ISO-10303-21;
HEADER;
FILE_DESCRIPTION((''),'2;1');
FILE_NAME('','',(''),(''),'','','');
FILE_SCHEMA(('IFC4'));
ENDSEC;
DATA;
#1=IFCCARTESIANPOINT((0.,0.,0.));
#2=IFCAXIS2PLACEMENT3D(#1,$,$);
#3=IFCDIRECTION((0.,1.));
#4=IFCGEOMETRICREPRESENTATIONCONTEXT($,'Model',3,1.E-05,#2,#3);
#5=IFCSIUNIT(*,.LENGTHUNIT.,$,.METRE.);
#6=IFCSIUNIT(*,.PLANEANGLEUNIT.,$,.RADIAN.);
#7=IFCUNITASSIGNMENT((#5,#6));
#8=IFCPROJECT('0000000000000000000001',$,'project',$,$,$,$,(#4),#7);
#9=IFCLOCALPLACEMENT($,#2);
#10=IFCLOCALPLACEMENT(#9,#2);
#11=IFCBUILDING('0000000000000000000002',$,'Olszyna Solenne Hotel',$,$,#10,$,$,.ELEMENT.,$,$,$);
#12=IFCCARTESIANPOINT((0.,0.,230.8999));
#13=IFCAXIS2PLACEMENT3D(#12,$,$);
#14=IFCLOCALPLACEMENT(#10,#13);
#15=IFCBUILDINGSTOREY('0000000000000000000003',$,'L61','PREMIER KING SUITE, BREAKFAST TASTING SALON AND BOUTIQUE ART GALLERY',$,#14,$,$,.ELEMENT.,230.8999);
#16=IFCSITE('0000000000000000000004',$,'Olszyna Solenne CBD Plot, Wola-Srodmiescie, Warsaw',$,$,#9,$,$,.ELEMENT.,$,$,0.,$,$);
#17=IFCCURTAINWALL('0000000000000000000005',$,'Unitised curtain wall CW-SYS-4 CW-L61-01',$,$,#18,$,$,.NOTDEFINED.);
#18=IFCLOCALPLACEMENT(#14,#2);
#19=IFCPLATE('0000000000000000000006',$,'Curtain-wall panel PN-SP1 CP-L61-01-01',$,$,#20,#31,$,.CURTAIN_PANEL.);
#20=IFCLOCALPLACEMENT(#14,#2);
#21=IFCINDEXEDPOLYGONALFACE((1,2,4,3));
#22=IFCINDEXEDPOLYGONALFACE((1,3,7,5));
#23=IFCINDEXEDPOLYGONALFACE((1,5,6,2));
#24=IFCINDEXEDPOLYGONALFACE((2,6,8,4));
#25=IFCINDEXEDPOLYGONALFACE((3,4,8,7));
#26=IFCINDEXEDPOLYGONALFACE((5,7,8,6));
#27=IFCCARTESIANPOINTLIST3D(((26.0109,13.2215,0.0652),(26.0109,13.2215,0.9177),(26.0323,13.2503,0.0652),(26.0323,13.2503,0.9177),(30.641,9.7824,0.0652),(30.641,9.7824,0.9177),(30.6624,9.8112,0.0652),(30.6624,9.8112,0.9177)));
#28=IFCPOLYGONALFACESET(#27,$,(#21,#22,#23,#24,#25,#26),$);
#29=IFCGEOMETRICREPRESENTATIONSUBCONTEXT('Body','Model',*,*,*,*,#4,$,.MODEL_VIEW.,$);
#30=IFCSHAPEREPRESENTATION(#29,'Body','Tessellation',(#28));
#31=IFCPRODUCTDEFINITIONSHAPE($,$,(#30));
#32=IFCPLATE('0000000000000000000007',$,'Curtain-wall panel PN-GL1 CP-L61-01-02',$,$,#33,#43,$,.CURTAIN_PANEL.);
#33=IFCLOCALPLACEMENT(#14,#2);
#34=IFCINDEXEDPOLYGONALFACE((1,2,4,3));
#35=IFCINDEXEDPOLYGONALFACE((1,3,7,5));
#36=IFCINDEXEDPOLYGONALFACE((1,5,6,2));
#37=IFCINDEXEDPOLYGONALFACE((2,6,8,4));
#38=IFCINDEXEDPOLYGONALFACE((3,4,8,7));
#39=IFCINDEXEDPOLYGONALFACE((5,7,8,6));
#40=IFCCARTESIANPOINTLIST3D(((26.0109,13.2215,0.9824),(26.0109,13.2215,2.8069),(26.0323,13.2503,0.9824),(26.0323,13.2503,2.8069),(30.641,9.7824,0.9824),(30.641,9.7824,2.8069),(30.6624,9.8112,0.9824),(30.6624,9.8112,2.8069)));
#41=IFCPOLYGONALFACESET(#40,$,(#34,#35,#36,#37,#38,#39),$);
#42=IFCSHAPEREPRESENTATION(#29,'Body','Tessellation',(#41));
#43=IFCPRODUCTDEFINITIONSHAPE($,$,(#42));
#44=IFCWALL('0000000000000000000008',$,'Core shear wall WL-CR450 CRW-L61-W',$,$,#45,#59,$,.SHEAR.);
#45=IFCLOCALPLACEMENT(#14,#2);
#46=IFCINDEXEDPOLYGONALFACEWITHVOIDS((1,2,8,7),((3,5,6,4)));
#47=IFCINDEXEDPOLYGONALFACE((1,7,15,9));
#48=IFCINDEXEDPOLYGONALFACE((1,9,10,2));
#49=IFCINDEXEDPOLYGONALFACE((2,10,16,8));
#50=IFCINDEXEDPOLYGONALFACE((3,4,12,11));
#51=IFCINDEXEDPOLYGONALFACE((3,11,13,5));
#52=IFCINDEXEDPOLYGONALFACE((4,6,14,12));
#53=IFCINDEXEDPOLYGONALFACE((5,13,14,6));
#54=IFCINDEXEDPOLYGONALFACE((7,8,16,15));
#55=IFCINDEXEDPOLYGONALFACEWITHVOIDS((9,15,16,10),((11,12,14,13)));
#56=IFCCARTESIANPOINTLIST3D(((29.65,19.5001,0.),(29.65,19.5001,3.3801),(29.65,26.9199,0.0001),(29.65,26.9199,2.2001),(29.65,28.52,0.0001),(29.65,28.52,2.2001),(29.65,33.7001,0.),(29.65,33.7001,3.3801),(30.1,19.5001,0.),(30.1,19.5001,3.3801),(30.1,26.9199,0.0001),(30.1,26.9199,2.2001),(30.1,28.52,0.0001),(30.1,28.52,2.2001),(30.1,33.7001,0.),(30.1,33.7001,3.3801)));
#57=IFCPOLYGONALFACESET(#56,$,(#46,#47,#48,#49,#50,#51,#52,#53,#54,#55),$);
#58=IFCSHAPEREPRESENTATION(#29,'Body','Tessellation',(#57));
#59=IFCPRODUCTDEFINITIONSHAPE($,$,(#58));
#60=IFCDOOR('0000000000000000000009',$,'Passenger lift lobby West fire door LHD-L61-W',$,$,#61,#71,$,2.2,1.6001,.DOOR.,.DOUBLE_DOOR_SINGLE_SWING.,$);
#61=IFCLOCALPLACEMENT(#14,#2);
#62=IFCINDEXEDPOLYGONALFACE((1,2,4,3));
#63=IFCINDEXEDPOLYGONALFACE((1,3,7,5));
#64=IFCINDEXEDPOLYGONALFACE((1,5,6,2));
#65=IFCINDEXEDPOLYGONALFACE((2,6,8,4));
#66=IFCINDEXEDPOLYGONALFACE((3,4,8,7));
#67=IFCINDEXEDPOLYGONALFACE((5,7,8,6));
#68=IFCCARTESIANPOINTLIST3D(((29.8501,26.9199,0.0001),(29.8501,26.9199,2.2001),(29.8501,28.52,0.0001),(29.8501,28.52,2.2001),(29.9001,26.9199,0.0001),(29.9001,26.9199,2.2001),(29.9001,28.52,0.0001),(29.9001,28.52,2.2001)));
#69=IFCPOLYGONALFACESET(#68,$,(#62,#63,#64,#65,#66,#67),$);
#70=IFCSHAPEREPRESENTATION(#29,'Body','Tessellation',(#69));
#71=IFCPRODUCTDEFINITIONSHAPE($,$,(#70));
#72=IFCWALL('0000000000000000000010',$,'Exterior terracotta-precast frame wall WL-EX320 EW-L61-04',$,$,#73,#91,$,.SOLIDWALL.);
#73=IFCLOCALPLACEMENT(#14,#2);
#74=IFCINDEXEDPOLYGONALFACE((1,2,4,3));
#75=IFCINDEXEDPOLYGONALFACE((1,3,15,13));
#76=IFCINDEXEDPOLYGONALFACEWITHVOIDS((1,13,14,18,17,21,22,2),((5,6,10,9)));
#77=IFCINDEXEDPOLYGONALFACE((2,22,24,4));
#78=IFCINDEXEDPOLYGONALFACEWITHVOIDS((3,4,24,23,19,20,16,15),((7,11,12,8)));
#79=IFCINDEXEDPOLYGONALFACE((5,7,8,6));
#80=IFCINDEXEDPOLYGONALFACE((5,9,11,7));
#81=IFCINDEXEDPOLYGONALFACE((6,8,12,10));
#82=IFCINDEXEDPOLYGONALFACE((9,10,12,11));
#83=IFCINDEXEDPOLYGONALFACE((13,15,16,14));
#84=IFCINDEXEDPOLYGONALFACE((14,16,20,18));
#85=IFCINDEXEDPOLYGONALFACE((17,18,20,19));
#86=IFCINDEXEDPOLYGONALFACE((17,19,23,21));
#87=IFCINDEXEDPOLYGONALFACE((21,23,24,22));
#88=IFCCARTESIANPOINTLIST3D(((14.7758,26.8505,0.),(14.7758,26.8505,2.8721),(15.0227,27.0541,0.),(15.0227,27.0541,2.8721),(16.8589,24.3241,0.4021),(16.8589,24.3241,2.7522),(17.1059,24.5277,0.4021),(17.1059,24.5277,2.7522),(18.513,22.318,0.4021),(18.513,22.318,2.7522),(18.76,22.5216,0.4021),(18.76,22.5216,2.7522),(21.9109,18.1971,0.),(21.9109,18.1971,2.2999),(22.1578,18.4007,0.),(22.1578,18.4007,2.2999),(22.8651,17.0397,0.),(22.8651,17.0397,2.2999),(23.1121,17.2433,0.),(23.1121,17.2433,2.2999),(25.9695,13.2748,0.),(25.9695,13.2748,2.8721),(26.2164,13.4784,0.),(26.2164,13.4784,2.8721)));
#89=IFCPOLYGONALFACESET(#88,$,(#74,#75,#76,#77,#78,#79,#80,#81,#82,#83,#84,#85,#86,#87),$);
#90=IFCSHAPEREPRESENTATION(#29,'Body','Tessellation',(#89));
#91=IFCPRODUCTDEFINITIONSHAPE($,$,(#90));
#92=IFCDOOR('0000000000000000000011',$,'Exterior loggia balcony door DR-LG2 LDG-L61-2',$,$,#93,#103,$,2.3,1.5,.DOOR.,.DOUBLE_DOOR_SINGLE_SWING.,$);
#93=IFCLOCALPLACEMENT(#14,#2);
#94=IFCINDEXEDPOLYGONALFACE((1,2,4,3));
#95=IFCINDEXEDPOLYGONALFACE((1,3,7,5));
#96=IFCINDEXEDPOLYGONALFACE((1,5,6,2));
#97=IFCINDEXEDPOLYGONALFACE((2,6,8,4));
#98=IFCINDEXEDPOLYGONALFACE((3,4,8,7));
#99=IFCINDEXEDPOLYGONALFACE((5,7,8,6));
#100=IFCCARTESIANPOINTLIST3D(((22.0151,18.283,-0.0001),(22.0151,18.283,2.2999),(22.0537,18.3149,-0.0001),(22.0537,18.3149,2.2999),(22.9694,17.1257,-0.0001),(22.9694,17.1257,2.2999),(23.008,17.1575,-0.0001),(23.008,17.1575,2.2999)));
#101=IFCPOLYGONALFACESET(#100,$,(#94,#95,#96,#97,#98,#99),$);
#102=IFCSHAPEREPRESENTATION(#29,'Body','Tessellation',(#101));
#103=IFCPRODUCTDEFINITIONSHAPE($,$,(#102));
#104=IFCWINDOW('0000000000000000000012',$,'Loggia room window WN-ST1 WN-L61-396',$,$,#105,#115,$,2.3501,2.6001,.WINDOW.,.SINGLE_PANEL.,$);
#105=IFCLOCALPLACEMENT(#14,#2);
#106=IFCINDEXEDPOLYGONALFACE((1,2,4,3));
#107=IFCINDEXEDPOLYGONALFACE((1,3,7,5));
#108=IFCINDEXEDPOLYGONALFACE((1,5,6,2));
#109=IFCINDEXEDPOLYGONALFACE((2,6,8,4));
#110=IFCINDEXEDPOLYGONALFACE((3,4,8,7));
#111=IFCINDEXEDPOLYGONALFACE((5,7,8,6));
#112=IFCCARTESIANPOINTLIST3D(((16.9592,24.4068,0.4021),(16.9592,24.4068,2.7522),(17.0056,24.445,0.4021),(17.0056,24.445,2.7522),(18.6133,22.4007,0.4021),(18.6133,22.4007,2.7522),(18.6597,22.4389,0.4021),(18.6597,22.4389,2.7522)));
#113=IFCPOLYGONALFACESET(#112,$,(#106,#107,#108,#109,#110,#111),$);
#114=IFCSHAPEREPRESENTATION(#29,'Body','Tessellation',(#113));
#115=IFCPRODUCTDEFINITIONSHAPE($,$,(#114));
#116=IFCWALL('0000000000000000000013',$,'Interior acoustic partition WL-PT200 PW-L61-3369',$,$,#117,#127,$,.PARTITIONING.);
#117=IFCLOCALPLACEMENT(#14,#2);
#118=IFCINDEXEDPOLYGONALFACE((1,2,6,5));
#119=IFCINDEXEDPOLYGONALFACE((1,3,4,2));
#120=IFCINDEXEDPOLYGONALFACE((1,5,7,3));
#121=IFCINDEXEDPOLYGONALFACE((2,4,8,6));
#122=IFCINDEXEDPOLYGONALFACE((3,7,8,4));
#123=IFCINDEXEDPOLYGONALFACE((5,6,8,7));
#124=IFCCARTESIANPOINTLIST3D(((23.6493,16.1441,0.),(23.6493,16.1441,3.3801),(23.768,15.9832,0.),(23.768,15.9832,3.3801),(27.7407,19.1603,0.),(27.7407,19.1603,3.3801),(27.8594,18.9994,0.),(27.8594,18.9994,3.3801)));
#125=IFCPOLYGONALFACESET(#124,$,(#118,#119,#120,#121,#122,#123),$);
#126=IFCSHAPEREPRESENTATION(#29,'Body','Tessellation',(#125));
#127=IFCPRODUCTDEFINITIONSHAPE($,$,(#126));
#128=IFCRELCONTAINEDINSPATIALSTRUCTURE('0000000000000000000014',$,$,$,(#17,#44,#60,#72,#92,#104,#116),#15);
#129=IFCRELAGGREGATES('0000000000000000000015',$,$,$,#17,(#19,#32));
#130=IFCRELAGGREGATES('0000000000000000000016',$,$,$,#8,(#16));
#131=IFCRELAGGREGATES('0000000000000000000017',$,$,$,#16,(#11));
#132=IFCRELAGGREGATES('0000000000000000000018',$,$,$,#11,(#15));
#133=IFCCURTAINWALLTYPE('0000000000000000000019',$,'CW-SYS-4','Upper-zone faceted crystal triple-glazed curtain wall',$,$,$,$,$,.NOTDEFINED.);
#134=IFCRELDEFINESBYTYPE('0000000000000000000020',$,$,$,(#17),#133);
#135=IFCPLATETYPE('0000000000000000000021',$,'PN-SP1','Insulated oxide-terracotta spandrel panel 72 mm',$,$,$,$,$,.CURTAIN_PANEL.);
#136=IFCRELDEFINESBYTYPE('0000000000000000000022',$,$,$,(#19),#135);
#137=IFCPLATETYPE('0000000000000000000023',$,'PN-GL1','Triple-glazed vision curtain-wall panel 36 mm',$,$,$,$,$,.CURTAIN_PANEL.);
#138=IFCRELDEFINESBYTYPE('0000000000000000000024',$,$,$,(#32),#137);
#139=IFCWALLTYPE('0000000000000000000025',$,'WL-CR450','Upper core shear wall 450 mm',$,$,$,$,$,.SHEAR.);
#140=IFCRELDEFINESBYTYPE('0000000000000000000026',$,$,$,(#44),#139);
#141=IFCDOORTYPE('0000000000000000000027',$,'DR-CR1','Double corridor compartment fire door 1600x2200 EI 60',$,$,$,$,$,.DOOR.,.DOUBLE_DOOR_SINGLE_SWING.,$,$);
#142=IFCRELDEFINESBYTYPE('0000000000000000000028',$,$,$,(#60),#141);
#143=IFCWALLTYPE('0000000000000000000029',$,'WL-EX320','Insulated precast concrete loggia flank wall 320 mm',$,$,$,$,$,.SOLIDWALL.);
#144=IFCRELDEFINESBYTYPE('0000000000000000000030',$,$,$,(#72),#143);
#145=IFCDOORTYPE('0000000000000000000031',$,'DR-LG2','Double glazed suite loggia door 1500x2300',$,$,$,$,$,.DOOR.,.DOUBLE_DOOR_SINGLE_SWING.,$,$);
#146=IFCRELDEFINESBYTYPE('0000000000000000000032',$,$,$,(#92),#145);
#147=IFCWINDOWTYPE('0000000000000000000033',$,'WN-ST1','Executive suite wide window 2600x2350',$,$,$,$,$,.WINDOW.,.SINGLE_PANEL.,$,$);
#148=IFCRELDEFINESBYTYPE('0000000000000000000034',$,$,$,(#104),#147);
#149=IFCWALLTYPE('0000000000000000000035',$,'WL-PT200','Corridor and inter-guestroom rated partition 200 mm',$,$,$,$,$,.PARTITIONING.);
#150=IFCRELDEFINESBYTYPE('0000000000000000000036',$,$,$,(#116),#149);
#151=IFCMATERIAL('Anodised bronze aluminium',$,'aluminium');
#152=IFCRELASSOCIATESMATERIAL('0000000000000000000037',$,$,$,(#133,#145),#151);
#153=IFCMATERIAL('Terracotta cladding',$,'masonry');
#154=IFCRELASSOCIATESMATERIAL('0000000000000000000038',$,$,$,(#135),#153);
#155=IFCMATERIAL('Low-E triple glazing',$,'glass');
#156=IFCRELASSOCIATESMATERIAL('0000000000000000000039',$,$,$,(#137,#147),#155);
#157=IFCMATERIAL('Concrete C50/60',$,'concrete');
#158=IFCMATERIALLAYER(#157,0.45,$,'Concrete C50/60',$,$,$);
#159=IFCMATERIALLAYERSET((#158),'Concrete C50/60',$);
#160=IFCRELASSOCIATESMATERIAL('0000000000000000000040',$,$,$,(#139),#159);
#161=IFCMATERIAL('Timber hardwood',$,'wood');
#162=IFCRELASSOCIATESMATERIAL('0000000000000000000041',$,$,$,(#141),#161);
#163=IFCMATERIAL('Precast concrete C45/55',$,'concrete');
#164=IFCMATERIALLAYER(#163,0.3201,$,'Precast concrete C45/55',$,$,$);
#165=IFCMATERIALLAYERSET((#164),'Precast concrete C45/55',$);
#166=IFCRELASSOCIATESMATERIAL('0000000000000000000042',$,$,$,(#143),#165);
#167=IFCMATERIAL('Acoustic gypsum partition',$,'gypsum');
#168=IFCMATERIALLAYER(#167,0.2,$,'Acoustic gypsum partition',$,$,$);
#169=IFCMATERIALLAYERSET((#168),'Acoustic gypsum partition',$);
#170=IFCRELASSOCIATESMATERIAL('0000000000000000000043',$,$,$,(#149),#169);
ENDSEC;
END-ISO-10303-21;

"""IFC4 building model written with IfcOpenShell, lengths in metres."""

from ifc_helpers import new_model, si_unit, direction, frame, frame_2d, origin, origin_2d, place, context, subcontext, project, spatial, rectangle, extrude, source, transform, mapped, material, layer, layer_set, type_object, type_shapes, element, fill, aggregate, save


model = new_model("IFC4")

# Units and contexts
model_context = context("Model", 3, precision=1e-05, world=origin(), true_north=direction((0.0, 1.0)))
body_context = subcontext(model_context, "Body", "Model", "MODEL_VIEW")
ifc_project = project(units=[si_unit("LENGTHUNIT", "METRE"), si_unit("PLANEANGLEUNIT", "RADIAN")], contexts=[model_context])

# Site, building, storey
site_placement = place(None, origin())
site = spatial("IfcSite", under=ifc_project, at=site_placement, Name="Olszyna Solenne CBD Plot, Wola-Srodmiescie, Warsaw", CompositionType="ELEMENT", RefElevation=0.0)
building_placement = place(site_placement, origin())
building = spatial("IfcBuilding", under=site, at=building_placement, Name="Olszyna Solenne Hotel", CompositionType="ELEMENT")
storey_placement = place(building_placement, frame((0.0, 0.0, 230.8999)))
storey = spatial("IfcBuildingStorey", under=building, at=storey_placement, Name="L61", Description="PREMIER KING SUITE, BREAKFAST TASTING SALON AND BOUTIQUE ART GALLERY", CompositionType="ELEMENT", Elevation=230.8999)

# Curtain wall
ifc_material_1 = material(Name="Anodised bronze aluminium", Category="aluminium")
curtain_wall_type = type_object("IfcCurtainWallType", Name="CW-SYS-4", Description="Upper-zone faceted crystal triple-glazed curtain wall", PredefinedType="NOTDEFINED", material=ifc_material_1)
curtain_wall_placement = place(storey_placement, origin())
curtain_wall = element("IfcCurtainWall", 1, at=curtain_wall_placement, inside=storey, type_object=curtain_wall_type, Name="Unitised curtain wall CW-SYS-4 CW-L61-01", PredefinedType="NOTDEFINED")

# Shared definitions
ifc_material_2 = material(Name="Precast concrete C45/55", Category="concrete")
ifc_material_3 = material(Name="Concrete C50/60", Category="concrete")

# Plates
ifc_material_4 = material(Name="Terracotta cladding", Category="masonry")
plate_type_1 = type_object("IfcPlateType", Name="PN-SP1", Description="Insulated oxide-terracotta spandrel panel 72 mm", PredefinedType="CURTAIN_PANEL", material=ifc_material_4)
shared_shape_1 = source(origin(), body_context, "Body", "SweptSolid", [
    extrude(rectangle(XDim=5.7676, YDim=0.0359, at=origin_2d()), origin(), (0.0, 0.0, 1.0), 0.8525),
])
plate_1_placement = place(storey_placement, frame((28.3367, 11.5164, 0.0652), z_axis=(0.0, 0.0, 1.0), x_axis=(0.802779, -0.596276, 0.0)))
plate_1 = element("IfcPlate", 2, at=plate_1_placement, type_object=plate_type_1, Name="Curtain-wall panel PN-SP1 CP-L61-01-01", PredefinedType="CURTAIN_PANEL", context=body_context, shape_type="MappedRepresentation", body=[
    mapped(shared_shape_1, transform((0.0, 0.0, 0.0), x_axis=(1.0, 0.0, 0.0), y_axis=(0.0, 1.0, 0.0), z_axis=(0.0, 0.0, 1.0), scale=1.0)),
])
ifc_material_5 = material(Name="Low-E triple glazing", Category="glass")
plate_type_2 = type_object("IfcPlateType", Name="PN-GL1", Description="Triple-glazed vision curtain-wall panel 36 mm", PredefinedType="CURTAIN_PANEL", material=ifc_material_5)
shared_shape_2 = source(origin(), body_context, "Body", "SweptSolid", [
    extrude(rectangle(XDim=5.7676, YDim=0.0359, at=origin_2d()), origin(), (0.0, 0.0, 1.0), 1.8245),
])
plate_2_placement = place(storey_placement, frame((28.3367, 11.5164, 0.9824), z_axis=(0.0, 0.0, 1.0), x_axis=(0.802779, -0.596276, 0.0)))
plate_2 = element("IfcPlate", 3, at=plate_2_placement, type_object=plate_type_2, Name="Curtain-wall panel PN-GL1 CP-L61-01-02", PredefinedType="CURTAIN_PANEL", context=body_context, shape_type="MappedRepresentation", body=[
    mapped(shared_shape_2, transform((0.0, 0.0, 0.0), x_axis=(1.0, 0.0, 0.0), y_axis=(0.0, 1.0, 0.0), z_axis=(0.0, 0.0, 1.0), scale=1.0)),
])
aggregate(curtain_wall, [plate_1, plate_2])

# Wall, opening, door
ifc_layer_1 = layer(ifc_material_3, 0.45, Name="Concrete C50/60")
ifc_layer_set_1 = layer_set([ifc_layer_1], Name="Concrete C50/60")
wall_type_1 = type_object("IfcWallType", Name="WL-CR450", Description="Upper core shear wall 450 mm", PredefinedType="SHEAR", material=ifc_layer_set_1)
wall_1_placement = place(storey_placement, frame((29.875, 19.5, 0.0), z_axis=(0.0, 0.0, 1.0), x_axis=(0.0, 1.0, 0.0)))
wall_1 = element("IfcWall", 4, at=wall_1_placement, inside=storey, type_object=wall_type_1, Name="Core shear wall WL-CR450 CRW-L61-W", PredefinedType="SHEAR", context=body_context, shape_type="SweptSolid", body=[
    extrude(rectangle(XDim=14.2, YDim=0.45, at=frame_2d((7.1001, 0.0))), origin(), (0.0, 0.0, 1.0), 3.3801),
])
opening_1_placement = place(wall_1_placement, frame((7.4199, 0.0, 0.0)))
opening_1 = element("IfcOpeningElement", 5, at=opening_1_placement, cuts=wall_1, PredefinedType="OPENING", context=body_context, shape_type="SweptSolid", body=[
    extrude(rectangle(XDim=1.6001, YDim=2.2, at=frame_2d((0.8, 1.1001))), frame((0.0, 0.2349, 0.0), z_axis=(0.0, -1.0, 0.0), x_axis=(1.0, 0.0, 0.0)), (0.0, 0.0, 1.0), 0.47),
])
ifc_material_6 = material(Name="Timber hardwood", Category="wood")
door_type_1 = type_object("IfcDoorType", Name="DR-CR1", Description="Double corridor compartment fire door 1600x2200 EI 60", OperationType="DOUBLE_DOOR_SINGLE_SWING", PredefinedType="DOOR", material=ifc_material_6)
shared_shape_3 = source(origin(), body_context, "Body", "SweptSolid", [
    extrude(rectangle(XDim=1.6001, YDim=2.2, at=frame_2d((0.8, 1.1001))), frame((0.0, 0.0249, 0.0), z_axis=(0.0, -1.0, 0.0), x_axis=(1.0, 0.0, 0.0)), (0.0, 0.0, 1.0), 0.05),
])
type_shapes(door_type_1, [shared_shape_3])
door_1_placement = place(opening_1_placement, origin())
door_1 = element("IfcDoor", 6, at=door_1_placement, inside=storey, type_object=door_type_1, Name="Passenger lift lobby West fire door LHD-L61-W", OperationType="DOUBLE_DOOR_SINGLE_SWING", OverallHeight=2.2, OverallWidth=1.6001, PredefinedType="DOOR", context=body_context, shape_type="MappedRepresentation", body=[
    mapped(shared_shape_3, transform((0.0, 0.0, 0.0), x_axis=(1.0, 0.0, 0.0), y_axis=(0.0, 1.0, 0.0), z_axis=(0.0, 0.0, 1.0), scale=1.0)),
])
fill(opening_1, door_1)

# Wall, openings, door, window
ifc_layer_2 = layer(ifc_material_2, 0.3201, Name="Precast concrete C45/55")
ifc_layer_set_2 = layer_set([ifc_layer_2], Name="Precast concrete C45/55")
wall_type_2 = type_object("IfcWallType", Name="WL-EX320", Description="Insulated precast concrete loggia flank wall 320 mm", PredefinedType="SOLIDWALL", material=ifc_layer_set_2)
wall_2_placement = place(storey_placement, frame((26.093, 13.3765, 0.0), z_axis=(0.0, 0.0, 1.0), x_axis=(-0.636169, 0.77155, 0.0)))
wall_2 = element("IfcWall", 7, at=wall_2_placement, inside=storey, type_object=wall_type_2, Name="Exterior terracotta-precast frame wall WL-EX320 EW-L61-04", PredefinedType="SOLIDWALL", context=body_context, shape_type="SweptSolid", body=[
    extrude(rectangle(XDim=17.5955, YDim=0.3201, at=frame_2d((8.7979, 0.0))), origin(), (0.0, 0.0, 1.0), 2.8721),
])
opening_2_placement = place(wall_2_placement, frame((4.8799, 0.0, 0.0)))
opening_2 = element("IfcOpeningElement", 8, at=opening_2_placement, cuts=wall_2, PredefinedType="OPENING", context=body_context, shape_type="SweptSolid", body=[
    extrude(rectangle(XDim=1.5, YDim=2.3, at=frame_2d((0.75, 1.1499))), frame((0.0, 0.1699, 0.0), z_axis=(0.0, -1.0, 0.0), x_axis=(1.0, 0.0, 0.0)), (0.0, 0.0, 1.0), 0.3401),
])
opening_3_placement = place(wall_2_placement, frame((11.7209, 0.0, 0.4021)))
opening_3 = element("IfcOpeningElement", 9, at=opening_3_placement, cuts=wall_2, PredefinedType="OPENING", context=body_context, shape_type="SweptSolid", body=[
    extrude(rectangle(XDim=2.6001, YDim=2.3501, at=frame_2d((1.3, 1.175))), frame((0.0, 0.1699, 0.0), z_axis=(0.0, -1.0, 0.0), x_axis=(1.0, 0.0, 0.0)), (0.0, 0.0, 1.0), 0.3401),
])
door_type_2 = type_object("IfcDoorType", Name="DR-LG2", Description="Double glazed suite loggia door 1500x2300", OperationType="DOUBLE_DOOR_SINGLE_SWING", PredefinedType="DOOR", material=ifc_material_1)
shared_shape_4 = source(origin(), body_context, "Body", "SweptSolid", [
    extrude(rectangle(XDim=1.5, YDim=2.3, at=frame_2d((0.75, 1.1499))), frame((0.0, 0.0249, 0.0), z_axis=(0.0, -1.0, 0.0), x_axis=(1.0, 0.0, 0.0)), (0.0, 0.0, 1.0), 0.05),
])
type_shapes(door_type_2, [shared_shape_4])
door_2_placement = place(opening_2_placement, origin())
door_2 = element("IfcDoor", 10, at=door_2_placement, inside=storey, type_object=door_type_2, Name="Exterior loggia balcony door DR-LG2 LDG-L61-2", OperationType="DOUBLE_DOOR_SINGLE_SWING", OverallHeight=2.3, OverallWidth=1.5, PredefinedType="DOOR", context=body_context, shape_type="MappedRepresentation", body=[
    mapped(shared_shape_4, transform((0.0, 0.0, 0.0), x_axis=(1.0, 0.0, 0.0), y_axis=(0.0, 1.0, 0.0), z_axis=(0.0, 0.0, 1.0), scale=1.0)),
])
fill(opening_2, door_2)
window_type = type_object("IfcWindowType", Name="WN-ST1", Description="Executive suite wide window 2600x2350", PartitioningType="SINGLE_PANEL", PredefinedType="WINDOW", material=ifc_material_5)
shared_shape_5 = source(origin(), body_context, "Body", "SweptSolid", [
    extrude(rectangle(XDim=2.6001, YDim=2.3501, at=frame_2d((1.3, 1.175))), frame((0.0, 0.03, 0.0), z_axis=(0.0, -1.0, 0.0), x_axis=(1.0, 0.0, 0.0)), (0.0, 0.0, 1.0), 0.0601),
])
type_shapes(window_type, [shared_shape_5])
window_placement = place(opening_3_placement, origin())
window = element("IfcWindow", 11, at=window_placement, inside=storey, type_object=window_type, Name="Loggia room window WN-ST1 WN-L61-396", OverallHeight=2.3501, OverallWidth=2.6001, PartitioningType="SINGLE_PANEL", PredefinedType="WINDOW", context=body_context, shape_type="MappedRepresentation", body=[
    mapped(shared_shape_5, transform((0.0, 0.0, 0.0), x_axis=(1.0, 0.0, 0.0), y_axis=(0.0, 1.0, 0.0), z_axis=(0.0, 0.0, 1.0), scale=1.0)),
])
fill(opening_3, window)

# Wall
ifc_material_7 = material(Name="Acoustic gypsum partition", Category="gypsum")
ifc_layer_3 = layer(ifc_material_7, 0.2, Name="Acoustic gypsum partition")
ifc_layer_set_3 = layer_set([ifc_layer_3], Name="Acoustic gypsum partition")
wall_type_3 = type_object("IfcWallType", Name="WL-PT200", Description="Corridor and inter-guestroom rated partition 200 mm", PredefinedType="PARTITIONING", material=ifc_layer_set_3)
wall_3_placement = place(storey_placement, frame((27.8, 19.0798, 0.0), z_axis=(0.0, 0.0, 1.0), x_axis=(-0.804918, -0.593386, 0.0)))
element("IfcWall", 12, at=wall_3_placement, inside=storey, type_object=wall_type_3, Name="Interior acoustic partition WL-PT200 PW-L61-3369", PredefinedType="PARTITIONING", context=body_context, shape_type="SweptSolid", body=[
    extrude(rectangle(XDim=5.083, YDim=0.2, at=frame_2d((2.5415, 0.0))), origin(), (0.0, 0.0, 1.0), 3.3801),
])

save(model, "model.ifc")
